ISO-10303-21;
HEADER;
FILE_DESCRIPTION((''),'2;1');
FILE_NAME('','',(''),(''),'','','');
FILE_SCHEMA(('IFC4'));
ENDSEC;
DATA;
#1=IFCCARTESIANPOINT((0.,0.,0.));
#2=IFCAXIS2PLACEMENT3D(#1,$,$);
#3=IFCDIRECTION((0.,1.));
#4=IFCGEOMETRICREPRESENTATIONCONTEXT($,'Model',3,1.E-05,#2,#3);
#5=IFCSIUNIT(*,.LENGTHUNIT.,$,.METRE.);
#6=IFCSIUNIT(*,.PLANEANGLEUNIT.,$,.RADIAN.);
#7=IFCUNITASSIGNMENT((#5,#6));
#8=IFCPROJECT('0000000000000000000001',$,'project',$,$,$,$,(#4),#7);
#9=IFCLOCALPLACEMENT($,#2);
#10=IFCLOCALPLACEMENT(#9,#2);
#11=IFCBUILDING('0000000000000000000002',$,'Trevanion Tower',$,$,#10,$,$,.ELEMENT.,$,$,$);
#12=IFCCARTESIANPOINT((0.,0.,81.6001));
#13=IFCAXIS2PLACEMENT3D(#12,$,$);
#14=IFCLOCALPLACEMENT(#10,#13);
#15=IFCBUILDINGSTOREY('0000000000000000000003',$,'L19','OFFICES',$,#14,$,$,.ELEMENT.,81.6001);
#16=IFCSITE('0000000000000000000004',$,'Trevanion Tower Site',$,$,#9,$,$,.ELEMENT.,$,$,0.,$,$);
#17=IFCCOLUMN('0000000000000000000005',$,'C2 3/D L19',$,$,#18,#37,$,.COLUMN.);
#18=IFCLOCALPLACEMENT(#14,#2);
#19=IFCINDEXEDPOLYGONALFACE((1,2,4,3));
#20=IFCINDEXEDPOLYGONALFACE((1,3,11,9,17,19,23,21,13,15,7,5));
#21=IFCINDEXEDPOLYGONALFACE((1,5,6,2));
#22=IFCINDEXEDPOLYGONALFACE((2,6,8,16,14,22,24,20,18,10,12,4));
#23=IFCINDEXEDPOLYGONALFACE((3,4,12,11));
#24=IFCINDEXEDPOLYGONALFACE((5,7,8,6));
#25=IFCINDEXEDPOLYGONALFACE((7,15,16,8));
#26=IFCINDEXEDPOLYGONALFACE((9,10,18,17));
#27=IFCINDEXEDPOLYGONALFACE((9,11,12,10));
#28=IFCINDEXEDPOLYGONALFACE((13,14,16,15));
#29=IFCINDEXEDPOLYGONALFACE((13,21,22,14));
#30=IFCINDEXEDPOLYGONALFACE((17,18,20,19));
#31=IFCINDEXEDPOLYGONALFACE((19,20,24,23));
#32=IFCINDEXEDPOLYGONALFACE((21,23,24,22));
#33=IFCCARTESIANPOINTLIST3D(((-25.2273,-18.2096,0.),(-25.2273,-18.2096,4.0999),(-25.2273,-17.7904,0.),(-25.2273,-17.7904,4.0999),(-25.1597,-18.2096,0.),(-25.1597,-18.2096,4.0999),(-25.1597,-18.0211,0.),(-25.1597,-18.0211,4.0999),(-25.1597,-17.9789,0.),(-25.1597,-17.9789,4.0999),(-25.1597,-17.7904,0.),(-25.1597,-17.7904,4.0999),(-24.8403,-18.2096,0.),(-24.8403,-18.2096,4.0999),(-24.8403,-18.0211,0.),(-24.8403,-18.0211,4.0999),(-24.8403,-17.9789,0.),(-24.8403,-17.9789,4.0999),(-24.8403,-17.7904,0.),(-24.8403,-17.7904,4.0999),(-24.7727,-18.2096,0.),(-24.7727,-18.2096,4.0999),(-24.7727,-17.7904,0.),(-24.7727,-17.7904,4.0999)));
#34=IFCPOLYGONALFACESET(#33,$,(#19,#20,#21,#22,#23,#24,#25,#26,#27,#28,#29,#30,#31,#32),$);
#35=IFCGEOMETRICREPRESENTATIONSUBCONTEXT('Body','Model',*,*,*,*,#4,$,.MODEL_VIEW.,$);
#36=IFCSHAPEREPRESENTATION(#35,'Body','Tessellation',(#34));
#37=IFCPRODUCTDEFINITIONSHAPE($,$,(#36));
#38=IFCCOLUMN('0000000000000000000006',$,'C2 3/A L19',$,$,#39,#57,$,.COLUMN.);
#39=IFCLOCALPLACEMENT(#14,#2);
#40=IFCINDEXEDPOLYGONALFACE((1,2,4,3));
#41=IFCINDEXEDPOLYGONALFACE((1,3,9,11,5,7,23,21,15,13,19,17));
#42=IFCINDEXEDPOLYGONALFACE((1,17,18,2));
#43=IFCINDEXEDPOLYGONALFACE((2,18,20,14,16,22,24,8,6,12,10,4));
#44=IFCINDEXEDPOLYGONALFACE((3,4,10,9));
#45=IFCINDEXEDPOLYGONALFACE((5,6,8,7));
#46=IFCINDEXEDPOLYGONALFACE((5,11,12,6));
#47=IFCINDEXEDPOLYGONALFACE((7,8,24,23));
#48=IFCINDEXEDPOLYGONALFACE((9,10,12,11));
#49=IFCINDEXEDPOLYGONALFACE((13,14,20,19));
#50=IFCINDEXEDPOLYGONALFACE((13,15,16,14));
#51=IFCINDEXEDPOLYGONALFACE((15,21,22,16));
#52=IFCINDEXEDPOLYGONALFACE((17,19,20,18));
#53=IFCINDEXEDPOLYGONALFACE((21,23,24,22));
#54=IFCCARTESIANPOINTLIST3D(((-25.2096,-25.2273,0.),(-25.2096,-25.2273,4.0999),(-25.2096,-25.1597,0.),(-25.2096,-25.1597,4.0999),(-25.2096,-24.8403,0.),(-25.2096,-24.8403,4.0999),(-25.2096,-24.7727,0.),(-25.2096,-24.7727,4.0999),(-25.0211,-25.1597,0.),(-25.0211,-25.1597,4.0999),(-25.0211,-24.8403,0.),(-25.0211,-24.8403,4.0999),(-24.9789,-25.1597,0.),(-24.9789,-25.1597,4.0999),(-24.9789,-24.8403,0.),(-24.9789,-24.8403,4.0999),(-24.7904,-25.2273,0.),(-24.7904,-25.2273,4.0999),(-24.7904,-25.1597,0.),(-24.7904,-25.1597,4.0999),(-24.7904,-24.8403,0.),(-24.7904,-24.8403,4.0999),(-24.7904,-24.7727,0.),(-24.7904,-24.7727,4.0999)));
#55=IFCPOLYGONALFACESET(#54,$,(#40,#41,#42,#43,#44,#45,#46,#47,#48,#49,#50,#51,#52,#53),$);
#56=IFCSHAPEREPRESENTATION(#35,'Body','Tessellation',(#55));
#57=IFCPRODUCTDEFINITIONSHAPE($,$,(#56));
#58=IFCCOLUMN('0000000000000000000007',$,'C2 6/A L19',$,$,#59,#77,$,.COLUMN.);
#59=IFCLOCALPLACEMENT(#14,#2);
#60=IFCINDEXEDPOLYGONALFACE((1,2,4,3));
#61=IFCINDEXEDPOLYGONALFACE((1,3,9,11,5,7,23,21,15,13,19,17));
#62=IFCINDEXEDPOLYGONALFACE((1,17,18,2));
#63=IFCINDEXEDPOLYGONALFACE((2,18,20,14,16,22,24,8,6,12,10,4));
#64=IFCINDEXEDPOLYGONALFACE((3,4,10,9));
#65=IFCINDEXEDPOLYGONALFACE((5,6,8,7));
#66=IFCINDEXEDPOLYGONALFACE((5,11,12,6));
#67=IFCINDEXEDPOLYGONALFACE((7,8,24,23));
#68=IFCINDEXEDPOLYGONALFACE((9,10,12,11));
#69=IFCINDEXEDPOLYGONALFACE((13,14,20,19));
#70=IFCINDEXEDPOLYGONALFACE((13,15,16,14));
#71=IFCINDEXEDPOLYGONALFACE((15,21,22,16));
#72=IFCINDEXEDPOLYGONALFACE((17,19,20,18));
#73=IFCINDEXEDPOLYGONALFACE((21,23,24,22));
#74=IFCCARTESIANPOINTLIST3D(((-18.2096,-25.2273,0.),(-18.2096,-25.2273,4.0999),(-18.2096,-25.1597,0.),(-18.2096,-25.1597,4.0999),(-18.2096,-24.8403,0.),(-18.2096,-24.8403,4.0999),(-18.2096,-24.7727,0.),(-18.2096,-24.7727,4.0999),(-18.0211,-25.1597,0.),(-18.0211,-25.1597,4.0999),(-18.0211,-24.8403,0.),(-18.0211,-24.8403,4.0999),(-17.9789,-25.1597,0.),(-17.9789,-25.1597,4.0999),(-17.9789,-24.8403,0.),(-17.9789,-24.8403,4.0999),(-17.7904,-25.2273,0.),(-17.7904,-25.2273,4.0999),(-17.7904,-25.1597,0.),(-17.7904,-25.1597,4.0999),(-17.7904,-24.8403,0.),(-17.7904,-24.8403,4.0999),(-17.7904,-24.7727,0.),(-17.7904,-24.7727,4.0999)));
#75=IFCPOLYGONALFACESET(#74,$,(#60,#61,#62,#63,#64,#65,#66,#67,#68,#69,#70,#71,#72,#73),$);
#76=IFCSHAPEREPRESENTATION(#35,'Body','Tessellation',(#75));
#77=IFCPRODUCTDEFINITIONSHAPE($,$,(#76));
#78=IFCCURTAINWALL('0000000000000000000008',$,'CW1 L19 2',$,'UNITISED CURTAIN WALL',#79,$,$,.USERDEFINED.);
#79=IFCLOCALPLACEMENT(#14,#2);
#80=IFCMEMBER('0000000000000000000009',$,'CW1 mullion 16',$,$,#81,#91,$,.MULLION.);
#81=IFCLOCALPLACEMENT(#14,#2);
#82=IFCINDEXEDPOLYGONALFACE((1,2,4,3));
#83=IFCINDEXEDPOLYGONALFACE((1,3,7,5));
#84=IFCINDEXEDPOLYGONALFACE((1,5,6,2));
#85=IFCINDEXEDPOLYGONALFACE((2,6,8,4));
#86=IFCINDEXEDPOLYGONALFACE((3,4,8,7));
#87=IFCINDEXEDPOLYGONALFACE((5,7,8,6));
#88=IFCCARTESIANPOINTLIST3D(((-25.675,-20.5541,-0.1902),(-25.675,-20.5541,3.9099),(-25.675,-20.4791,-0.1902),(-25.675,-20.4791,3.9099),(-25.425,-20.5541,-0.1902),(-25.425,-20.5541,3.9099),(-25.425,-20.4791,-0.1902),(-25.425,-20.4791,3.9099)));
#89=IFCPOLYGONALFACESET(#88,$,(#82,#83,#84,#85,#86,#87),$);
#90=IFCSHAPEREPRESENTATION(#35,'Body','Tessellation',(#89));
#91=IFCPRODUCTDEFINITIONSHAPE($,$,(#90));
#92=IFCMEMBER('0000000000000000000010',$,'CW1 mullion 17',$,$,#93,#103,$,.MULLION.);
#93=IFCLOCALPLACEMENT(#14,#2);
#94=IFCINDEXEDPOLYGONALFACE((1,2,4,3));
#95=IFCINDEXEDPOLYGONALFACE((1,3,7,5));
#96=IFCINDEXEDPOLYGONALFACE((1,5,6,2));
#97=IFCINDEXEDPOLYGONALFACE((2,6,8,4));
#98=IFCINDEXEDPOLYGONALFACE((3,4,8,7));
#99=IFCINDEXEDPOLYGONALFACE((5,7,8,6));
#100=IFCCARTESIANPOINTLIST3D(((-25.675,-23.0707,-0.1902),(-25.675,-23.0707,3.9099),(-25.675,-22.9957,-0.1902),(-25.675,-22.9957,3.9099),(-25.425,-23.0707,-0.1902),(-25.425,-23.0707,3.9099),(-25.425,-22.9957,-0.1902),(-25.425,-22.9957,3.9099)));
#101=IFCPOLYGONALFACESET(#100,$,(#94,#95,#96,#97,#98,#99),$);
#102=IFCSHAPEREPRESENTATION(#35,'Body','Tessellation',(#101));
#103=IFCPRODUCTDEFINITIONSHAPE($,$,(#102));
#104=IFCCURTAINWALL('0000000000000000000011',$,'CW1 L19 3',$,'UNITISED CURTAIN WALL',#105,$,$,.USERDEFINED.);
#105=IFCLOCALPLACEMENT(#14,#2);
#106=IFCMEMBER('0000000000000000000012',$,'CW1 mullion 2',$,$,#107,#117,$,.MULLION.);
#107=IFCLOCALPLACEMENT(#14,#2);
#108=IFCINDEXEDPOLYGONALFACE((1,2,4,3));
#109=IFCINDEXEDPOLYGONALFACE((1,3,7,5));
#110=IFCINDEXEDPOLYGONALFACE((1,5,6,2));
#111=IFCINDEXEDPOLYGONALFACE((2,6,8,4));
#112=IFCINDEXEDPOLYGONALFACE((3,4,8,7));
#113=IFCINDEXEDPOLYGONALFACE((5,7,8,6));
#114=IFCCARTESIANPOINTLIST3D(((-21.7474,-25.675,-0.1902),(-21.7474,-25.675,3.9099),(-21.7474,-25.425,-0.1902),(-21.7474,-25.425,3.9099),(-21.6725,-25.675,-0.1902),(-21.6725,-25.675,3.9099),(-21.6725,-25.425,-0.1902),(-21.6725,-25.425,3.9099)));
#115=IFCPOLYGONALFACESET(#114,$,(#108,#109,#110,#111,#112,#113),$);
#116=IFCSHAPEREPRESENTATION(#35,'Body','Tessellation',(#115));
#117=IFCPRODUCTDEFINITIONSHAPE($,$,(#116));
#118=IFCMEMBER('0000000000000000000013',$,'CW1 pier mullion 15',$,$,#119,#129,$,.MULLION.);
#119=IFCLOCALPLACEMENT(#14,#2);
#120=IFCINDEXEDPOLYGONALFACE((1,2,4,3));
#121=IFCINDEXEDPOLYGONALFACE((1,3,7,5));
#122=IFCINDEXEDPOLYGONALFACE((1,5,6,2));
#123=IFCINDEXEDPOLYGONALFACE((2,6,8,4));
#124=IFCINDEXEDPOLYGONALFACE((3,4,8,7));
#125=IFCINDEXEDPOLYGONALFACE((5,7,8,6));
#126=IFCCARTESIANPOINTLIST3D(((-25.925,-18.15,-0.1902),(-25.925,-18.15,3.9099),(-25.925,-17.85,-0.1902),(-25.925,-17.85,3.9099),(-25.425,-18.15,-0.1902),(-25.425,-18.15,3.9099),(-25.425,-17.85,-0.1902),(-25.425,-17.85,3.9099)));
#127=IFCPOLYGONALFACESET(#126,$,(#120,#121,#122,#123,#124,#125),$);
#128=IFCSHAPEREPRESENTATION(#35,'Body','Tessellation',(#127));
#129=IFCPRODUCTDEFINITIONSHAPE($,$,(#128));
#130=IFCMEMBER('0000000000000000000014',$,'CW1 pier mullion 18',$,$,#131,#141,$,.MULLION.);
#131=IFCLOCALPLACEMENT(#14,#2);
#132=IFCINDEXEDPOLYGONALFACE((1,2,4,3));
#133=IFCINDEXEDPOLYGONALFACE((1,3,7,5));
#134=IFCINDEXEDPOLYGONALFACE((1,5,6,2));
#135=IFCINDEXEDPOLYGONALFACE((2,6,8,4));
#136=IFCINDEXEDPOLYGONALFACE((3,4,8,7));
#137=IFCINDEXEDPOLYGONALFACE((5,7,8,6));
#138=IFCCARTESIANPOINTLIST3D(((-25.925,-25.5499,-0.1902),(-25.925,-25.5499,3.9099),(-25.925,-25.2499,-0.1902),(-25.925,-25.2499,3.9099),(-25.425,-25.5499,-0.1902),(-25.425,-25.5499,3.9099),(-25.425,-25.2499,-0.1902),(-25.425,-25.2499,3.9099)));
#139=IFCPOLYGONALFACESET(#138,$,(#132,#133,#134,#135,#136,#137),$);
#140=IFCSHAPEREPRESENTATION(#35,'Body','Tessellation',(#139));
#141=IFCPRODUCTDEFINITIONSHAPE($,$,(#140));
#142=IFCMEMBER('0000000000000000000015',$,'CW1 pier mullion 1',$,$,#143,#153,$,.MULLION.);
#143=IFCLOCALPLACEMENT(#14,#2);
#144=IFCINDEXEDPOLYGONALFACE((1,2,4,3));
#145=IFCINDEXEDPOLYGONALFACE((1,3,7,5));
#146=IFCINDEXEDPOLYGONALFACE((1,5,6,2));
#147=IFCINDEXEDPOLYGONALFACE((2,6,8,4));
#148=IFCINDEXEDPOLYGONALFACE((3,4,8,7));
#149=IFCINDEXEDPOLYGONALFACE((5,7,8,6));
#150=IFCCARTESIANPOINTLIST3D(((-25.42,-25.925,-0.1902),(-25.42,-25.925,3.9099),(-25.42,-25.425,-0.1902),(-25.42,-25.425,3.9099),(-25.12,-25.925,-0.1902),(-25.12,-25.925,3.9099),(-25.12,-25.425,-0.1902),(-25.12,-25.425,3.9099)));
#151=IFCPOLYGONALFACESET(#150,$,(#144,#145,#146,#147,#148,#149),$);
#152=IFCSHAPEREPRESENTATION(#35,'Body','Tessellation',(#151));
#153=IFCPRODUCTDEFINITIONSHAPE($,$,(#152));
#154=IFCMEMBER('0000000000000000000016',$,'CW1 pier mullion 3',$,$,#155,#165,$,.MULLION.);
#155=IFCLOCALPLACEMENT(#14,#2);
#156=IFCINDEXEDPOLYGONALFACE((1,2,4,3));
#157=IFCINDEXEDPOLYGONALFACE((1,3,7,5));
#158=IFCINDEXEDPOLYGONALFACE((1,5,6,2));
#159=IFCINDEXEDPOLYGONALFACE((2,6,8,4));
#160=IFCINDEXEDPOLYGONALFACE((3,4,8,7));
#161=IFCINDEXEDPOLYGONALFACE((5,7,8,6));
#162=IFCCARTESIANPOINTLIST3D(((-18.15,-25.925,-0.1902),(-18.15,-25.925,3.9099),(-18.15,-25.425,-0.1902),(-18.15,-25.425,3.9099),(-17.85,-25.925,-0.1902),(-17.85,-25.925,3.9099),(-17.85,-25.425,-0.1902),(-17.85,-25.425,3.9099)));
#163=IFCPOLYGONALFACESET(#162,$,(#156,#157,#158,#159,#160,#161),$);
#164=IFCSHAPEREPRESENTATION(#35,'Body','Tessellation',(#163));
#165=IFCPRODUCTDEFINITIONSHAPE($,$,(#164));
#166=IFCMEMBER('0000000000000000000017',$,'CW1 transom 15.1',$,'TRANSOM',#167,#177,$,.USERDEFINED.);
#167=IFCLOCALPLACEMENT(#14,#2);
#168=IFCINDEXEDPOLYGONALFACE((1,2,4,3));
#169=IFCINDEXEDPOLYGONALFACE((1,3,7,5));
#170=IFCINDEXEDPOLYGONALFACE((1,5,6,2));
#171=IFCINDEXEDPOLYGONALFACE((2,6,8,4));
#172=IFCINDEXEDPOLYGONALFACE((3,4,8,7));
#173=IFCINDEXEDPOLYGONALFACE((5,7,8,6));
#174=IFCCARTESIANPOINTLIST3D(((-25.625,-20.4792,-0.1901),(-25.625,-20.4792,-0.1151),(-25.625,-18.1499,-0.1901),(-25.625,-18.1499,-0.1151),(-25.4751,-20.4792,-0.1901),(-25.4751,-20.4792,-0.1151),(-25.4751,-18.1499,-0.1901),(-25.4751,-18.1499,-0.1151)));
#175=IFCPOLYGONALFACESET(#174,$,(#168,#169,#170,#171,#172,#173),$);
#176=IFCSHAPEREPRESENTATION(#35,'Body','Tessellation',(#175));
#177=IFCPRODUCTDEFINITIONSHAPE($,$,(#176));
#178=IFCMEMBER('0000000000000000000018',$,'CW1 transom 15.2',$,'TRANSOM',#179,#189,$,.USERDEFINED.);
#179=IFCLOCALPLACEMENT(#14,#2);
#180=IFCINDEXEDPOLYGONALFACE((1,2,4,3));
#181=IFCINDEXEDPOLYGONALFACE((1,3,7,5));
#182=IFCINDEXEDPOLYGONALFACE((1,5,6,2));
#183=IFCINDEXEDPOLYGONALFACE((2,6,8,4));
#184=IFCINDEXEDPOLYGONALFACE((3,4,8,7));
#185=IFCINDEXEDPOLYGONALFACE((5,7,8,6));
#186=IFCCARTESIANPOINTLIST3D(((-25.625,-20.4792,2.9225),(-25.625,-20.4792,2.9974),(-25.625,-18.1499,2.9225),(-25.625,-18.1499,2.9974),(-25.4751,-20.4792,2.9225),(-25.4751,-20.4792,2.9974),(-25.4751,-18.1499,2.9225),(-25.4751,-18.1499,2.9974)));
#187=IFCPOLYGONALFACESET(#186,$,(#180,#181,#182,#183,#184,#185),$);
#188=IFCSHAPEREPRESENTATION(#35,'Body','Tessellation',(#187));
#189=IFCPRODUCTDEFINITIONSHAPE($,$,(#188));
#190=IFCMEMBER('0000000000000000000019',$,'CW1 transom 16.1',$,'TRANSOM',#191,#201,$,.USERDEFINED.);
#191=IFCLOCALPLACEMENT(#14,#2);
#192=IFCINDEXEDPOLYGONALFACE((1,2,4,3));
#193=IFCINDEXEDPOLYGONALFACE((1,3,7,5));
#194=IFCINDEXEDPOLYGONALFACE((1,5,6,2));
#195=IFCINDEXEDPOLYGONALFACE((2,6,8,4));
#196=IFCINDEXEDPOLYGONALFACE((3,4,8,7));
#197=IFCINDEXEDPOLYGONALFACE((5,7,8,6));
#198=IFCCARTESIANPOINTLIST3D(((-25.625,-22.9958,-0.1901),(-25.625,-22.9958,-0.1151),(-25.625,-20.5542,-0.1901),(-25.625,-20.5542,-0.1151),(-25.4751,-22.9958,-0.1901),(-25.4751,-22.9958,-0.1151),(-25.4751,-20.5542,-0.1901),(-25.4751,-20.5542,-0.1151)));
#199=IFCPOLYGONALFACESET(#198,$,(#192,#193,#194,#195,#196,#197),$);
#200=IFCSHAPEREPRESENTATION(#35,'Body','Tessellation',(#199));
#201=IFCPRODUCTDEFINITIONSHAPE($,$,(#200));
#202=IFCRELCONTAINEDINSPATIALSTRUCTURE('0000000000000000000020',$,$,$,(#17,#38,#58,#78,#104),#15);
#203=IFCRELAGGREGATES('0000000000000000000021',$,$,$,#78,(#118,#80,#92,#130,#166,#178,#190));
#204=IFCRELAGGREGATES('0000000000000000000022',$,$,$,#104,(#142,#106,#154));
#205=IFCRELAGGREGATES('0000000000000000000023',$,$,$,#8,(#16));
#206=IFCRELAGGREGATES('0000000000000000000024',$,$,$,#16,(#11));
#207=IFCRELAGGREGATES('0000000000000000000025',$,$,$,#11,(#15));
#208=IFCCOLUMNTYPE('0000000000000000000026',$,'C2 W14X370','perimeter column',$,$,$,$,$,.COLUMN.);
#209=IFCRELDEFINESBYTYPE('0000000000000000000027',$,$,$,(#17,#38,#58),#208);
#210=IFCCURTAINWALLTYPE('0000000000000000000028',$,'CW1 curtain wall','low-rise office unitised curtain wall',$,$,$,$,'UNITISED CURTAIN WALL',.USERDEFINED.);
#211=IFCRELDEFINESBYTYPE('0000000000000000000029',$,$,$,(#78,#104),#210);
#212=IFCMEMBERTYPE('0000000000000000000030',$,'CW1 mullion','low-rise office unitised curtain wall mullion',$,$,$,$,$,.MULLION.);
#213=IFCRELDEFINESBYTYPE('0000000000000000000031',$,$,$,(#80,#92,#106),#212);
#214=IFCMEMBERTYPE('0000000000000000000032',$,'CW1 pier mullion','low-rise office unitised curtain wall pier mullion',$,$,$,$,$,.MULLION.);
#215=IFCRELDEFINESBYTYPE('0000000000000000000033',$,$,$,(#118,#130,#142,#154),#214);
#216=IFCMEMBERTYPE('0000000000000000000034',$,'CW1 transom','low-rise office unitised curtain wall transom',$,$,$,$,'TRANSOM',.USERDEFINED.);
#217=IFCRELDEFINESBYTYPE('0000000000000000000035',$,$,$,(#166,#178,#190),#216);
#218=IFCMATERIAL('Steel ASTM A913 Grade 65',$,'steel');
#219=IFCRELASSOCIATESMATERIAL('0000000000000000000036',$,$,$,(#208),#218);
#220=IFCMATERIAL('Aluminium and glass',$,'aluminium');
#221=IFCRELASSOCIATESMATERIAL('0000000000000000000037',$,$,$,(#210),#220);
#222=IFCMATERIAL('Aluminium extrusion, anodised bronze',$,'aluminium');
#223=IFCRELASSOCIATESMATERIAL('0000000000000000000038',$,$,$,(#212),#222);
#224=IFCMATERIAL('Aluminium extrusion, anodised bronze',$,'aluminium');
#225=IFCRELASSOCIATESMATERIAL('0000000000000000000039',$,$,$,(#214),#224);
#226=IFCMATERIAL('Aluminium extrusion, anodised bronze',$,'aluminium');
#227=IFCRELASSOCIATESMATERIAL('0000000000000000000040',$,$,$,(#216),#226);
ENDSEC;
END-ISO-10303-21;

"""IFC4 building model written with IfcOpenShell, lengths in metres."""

from ifc_helpers import new_model, si_unit, direction, frame, origin, origin_2d, place, context, subcontext, project, spatial, rectangle, i_section, extrude, material, material_profile, profile_set, type_object, element, aggregate, save


model = new_model("IFC4")

# Units and contexts
model_context = context("Model", 3, precision=1e-05, world=origin(), true_north=direction((0.0, 1.0)))
body_context = subcontext(model_context, "Body", "Model", "MODEL_VIEW")
ifc_project = project(units=[si_unit("LENGTHUNIT", "METRE"), si_unit("PLANEANGLEUNIT", "RADIAN")], contexts=[model_context])

# Site, building, storey
site_placement = place(None, origin())
site = spatial("IfcSite", under=ifc_project, at=site_placement, Name="Trevanion Tower Site", CompositionType="ELEMENT", RefElevation=0.0)
building_placement = place(site_placement, origin())
building = spatial("IfcBuilding", under=site, at=building_placement, Name="Trevanion Tower", CompositionType="ELEMENT")
storey_placement = place(building_placement, frame((0.0, 0.0, 81.6001)))
storey = spatial("IfcBuildingStorey", under=building, at=storey_placement, Name="L19", Description="OFFICES", CompositionType="ELEMENT", Elevation=81.6001)

# Columns
ifc_material_1 = material(Name="Steel ASTM A913 Grade 65", Category="steel")
ifc_material_profile_1 = material_profile(ifc_material_1, i_section(OverallWidth=0.4192, OverallDepth=0.4546, WebThickness=0.0422, FlangeThickness=0.0676, at=origin_2d()), Name="W14X370")
ifc_profile_set_1 = profile_set([ifc_material_profile_1], Name="Steel ASTM A913 Grade 65")
column_type = type_object("IfcColumnType", Name="C2 W14X370", Description="perimeter column", PredefinedType="COLUMN", material=ifc_profile_set_1)
for number, where, z_axis, x_axis, name in (
    (1, (-25.0, -18.0, 0.0), (0.0, 0.0, 1.0), (0.0, 1.0, 0.0), "C2 3/D L19"),
    (2, (-25.0, -25.0, 0.0), (0.0, 0.0, 1.0), (1.0, 0.0, 0.0), "C2 3/A L19"),
    (3, (-18.0, -25.0, 0.0), (0.0, 0.0, 1.0), (1.0, 0.0, 0.0), "C2 6/A L19"),
):
    element("IfcColumn", number, at=place(storey_placement, frame(where, z_axis=z_axis, x_axis=x_axis)), inside=storey, type_object=column_type, Name=name, PredefinedType="COLUMN", context=body_context, shape_type="SweptSolid", body=[
        extrude(i_section(OverallWidth=0.4192, OverallDepth=0.4546, WebThickness=0.0422, FlangeThickness=0.0676, at=origin_2d()), origin(), (0.0, 0.0, 1.0), 4.0999),
    ])

# Curtain wall, members
ifc_material_2 = material(Name="Aluminium and glass", Category="aluminium")
curtain_wall_type = type_object("IfcCurtainWallType", Name="CW1 curtain wall", Description="low-rise office unitised curtain wall", ElementType="UNITISED CURTAIN WALL", PredefinedType="USERDEFINED", material=ifc_material_2)
curtain_wall_1_placement = place(storey_placement, origin())
curtain_wall_1 = element("IfcCurtainWall", 4, at=curtain_wall_1_placement, inside=storey, type_object=curtain_wall_type, Name="CW1 L19 2", ObjectType="UNITISED CURTAIN WALL", PredefinedType="USERDEFINED")
ifc_material_3 = material(Name="Aluminium extrusion, anodised bronze", Category="aluminium")
ifc_material_profile_2 = material_profile(ifc_material_3, rectangle(XDim=0.075, YDim=0.25, at=origin_2d()), Name="CW1 mullion")
ifc_profile_set_2 = profile_set([ifc_material_profile_2], Name="Aluminium extrusion, anodised bronze")
member_type_1 = type_object("IfcMemberType", Name="CW1 mullion", Description="low-rise office unitised curtain wall mullion", PredefinedType="MULLION", material=ifc_profile_set_2)
member_1_placement = place(storey_placement, frame((-25.55, -20.5166, -0.1902), z_axis=(0.0, 0.0, 1.0), x_axis=(0.0, -1.0, 0.0)))
member_1 = element("IfcMember", 5, at=member_1_placement, type_object=member_type_1, Name="CW1 mullion 16", PredefinedType="MULLION", context=body_context, shape_type="SweptSolid", body=[
    extrude(rectangle(XDim=0.075, YDim=0.25, at=origin_2d()), origin(), (0.0, 0.0, 1.0), 4.1001),
])
member_2_placement = place(storey_placement, frame((-25.55, -23.0332, -0.1902), z_axis=(0.0, 0.0, 1.0), x_axis=(0.0, -1.0, 0.0)))
member_2 = element("IfcMember", 6, at=member_2_placement, type_object=member_type_1, Name="CW1 mullion 17", PredefinedType="MULLION", context=body_context, shape_type="SweptSolid", body=[
    extrude(rectangle(XDim=0.075, YDim=0.25, at=origin_2d()), origin(), (0.0, 0.0, 1.0), 4.1001),
])

# Curtain wall, member
curtain_wall_2_placement = place(storey_placement, origin())
curtain_wall_2 = element("IfcCurtainWall", 7, at=curtain_wall_2_placement, inside=storey, type_object=curtain_wall_type, Name="CW1 L19 3", ObjectType="UNITISED CURTAIN WALL", PredefinedType="USERDEFINED")
member_3_placement = place(storey_placement, frame((-21.71, -25.55, -0.1902), z_axis=(0.0, 0.0, 1.0), x_axis=(1.0, 0.0, 0.0)))
member_3 = element("IfcMember", 8, at=member_3_placement, type_object=member_type_1, Name="CW1 mullion 2", PredefinedType="MULLION", context=body_context, shape_type="SweptSolid", body=[
    extrude(rectangle(XDim=0.075, YDim=0.25, at=origin_2d()), origin(), (0.0, 0.0, 1.0), 4.1001),
])

# Members
ifc_material_4 = material(Name="Aluminium extrusion, anodised bronze", Category="aluminium")
ifc_material_profile_3 = material_profile(ifc_material_4, rectangle(XDim=0.3, YDim=0.5, at=origin_2d()), Name="CW1 pier mullion")
ifc_profile_set_3 = profile_set([ifc_material_profile_3], Name="Aluminium extrusion, anodised bronze")
member_type_2 = type_object("IfcMemberType", Name="CW1 pier mullion", Description="low-rise office unitised curtain wall pier mullion", PredefinedType="MULLION", material=ifc_profile_set_3)
member_4_placement = place(storey_placement, frame((-25.675, -18.0, -0.1902), z_axis=(0.0, 0.0, 1.0), x_axis=(0.0, -1.0, 0.0)))
member_4 = element("IfcMember", 9, at=member_4_placement, type_object=member_type_2, Name="CW1 pier mullion 15", PredefinedType="MULLION", context=body_context, shape_type="SweptSolid", body=[
    extrude(rectangle(XDim=0.3, YDim=0.5, at=origin_2d()), origin(), (0.0, 0.0, 1.0), 4.1001),
])
member_5_placement = place(storey_placement, frame((-25.675, -25.3999, -0.1902), z_axis=(0.0, 0.0, 1.0), x_axis=(0.0, -1.0, 0.0)))
member_5 = element("IfcMember", 10, at=member_5_placement, type_object=member_type_2, Name="CW1 pier mullion 18", PredefinedType="MULLION", context=body_context, shape_type="SweptSolid", body=[
    extrude(rectangle(XDim=0.3, YDim=0.5, at=origin_2d()), origin(), (0.0, 0.0, 1.0), 4.1001),
])
member_6_placement = place(storey_placement, frame((-25.27, -25.675, -0.1902), z_axis=(0.0, 0.0, 1.0), x_axis=(1.0, 0.0, 0.0)))
member_6 = element("IfcMember", 11, at=member_6_placement, type_object=member_type_2, Name="CW1 pier mullion 1", PredefinedType="MULLION", context=body_context, shape_type="SweptSolid", body=[
    extrude(rectangle(XDim=0.3, YDim=0.5, at=origin_2d()), origin(), (0.0, 0.0, 1.0), 4.1001),
])
member_7_placement = place(storey_placement, frame((-18.0, -25.675, -0.1902), z_axis=(0.0, 0.0, 1.0), x_axis=(1.0, 0.0, 0.0)))
member_7 = element("IfcMember", 12, at=member_7_placement, type_object=member_type_2, Name="CW1 pier mullion 3", PredefinedType="MULLION", context=body_context, shape_type="SweptSolid", body=[
    extrude(rectangle(XDim=0.3, YDim=0.5, at=origin_2d()), origin(), (0.0, 0.0, 1.0), 4.1001),
])
ifc_material_5 = material(Name="Aluminium extrusion, anodised bronze", Category="aluminium")
ifc_material_profile_4 = material_profile(ifc_material_5, rectangle(XDim=0.1499, YDim=0.075, at=origin_2d()), Name="CW1 transom")
ifc_profile_set_4 = profile_set([ifc_material_profile_4], Name="Aluminium extrusion, anodised bronze")
member_type_3 = type_object("IfcMemberType", Name="CW1 transom", Description="low-rise office unitised curtain wall transom", ElementType="TRANSOM", PredefinedType="USERDEFINED", material=ifc_profile_set_4)
member_8_placement = place(storey_placement, frame((-25.55, -18.1499, -0.1526), z_axis=(0.0, -1.0, 0.0), x_axis=(1.0, 0.0, 0.0)))
member_8 = element("IfcMember", 13, at=member_8_placement, type_object=member_type_3, Name="CW1 transom 15.1", ObjectType="TRANSOM", PredefinedType="USERDEFINED", context=body_context, shape_type="SweptSolid", body=[
    extrude(rectangle(XDim=0.1499, YDim=0.075, at=origin_2d()), origin(), (0.0, 0.0, 1.0), 2.3293),
])
member_9_placement = place(storey_placement, frame((-25.55, -18.1499, 2.96), z_axis=(0.0, -1.0, 0.0), x_axis=(1.0, 0.0, 0.0)))
member_9 = element("IfcMember", 14, at=member_9_placement, type_object=member_type_3, Name="CW1 transom 15.2", ObjectType="TRANSOM", PredefinedType="USERDEFINED", context=body_context, shape_type="SweptSolid", body=[
    extrude(rectangle(XDim=0.1499, YDim=0.075, at=origin_2d()), origin(), (0.0, 0.0, 1.0), 2.3293),
])
member_10_placement = place(storey_placement, frame((-25.55, -20.5542, -0.1526), z_axis=(0.0, -1.0, 0.0), x_axis=(1.0, 0.0, 0.0)))
member_10 = element("IfcMember", 15, at=member_10_placement, type_object=member_type_3, Name="CW1 transom 16.1", ObjectType="TRANSOM", PredefinedType="USERDEFINED", context=body_context, shape_type="SweptSolid", body=[
    extrude(rectangle(XDim=0.1499, YDim=0.075, at=origin_2d()), origin(), (0.0, 0.0, 1.0), 2.4417),
])

aggregate(curtain_wall_1, [member_4, member_1, member_2, member_5, member_8, member_9, member_10])
aggregate(curtain_wall_2, [member_6, member_3, member_7])

save(model, "model.ifc")
